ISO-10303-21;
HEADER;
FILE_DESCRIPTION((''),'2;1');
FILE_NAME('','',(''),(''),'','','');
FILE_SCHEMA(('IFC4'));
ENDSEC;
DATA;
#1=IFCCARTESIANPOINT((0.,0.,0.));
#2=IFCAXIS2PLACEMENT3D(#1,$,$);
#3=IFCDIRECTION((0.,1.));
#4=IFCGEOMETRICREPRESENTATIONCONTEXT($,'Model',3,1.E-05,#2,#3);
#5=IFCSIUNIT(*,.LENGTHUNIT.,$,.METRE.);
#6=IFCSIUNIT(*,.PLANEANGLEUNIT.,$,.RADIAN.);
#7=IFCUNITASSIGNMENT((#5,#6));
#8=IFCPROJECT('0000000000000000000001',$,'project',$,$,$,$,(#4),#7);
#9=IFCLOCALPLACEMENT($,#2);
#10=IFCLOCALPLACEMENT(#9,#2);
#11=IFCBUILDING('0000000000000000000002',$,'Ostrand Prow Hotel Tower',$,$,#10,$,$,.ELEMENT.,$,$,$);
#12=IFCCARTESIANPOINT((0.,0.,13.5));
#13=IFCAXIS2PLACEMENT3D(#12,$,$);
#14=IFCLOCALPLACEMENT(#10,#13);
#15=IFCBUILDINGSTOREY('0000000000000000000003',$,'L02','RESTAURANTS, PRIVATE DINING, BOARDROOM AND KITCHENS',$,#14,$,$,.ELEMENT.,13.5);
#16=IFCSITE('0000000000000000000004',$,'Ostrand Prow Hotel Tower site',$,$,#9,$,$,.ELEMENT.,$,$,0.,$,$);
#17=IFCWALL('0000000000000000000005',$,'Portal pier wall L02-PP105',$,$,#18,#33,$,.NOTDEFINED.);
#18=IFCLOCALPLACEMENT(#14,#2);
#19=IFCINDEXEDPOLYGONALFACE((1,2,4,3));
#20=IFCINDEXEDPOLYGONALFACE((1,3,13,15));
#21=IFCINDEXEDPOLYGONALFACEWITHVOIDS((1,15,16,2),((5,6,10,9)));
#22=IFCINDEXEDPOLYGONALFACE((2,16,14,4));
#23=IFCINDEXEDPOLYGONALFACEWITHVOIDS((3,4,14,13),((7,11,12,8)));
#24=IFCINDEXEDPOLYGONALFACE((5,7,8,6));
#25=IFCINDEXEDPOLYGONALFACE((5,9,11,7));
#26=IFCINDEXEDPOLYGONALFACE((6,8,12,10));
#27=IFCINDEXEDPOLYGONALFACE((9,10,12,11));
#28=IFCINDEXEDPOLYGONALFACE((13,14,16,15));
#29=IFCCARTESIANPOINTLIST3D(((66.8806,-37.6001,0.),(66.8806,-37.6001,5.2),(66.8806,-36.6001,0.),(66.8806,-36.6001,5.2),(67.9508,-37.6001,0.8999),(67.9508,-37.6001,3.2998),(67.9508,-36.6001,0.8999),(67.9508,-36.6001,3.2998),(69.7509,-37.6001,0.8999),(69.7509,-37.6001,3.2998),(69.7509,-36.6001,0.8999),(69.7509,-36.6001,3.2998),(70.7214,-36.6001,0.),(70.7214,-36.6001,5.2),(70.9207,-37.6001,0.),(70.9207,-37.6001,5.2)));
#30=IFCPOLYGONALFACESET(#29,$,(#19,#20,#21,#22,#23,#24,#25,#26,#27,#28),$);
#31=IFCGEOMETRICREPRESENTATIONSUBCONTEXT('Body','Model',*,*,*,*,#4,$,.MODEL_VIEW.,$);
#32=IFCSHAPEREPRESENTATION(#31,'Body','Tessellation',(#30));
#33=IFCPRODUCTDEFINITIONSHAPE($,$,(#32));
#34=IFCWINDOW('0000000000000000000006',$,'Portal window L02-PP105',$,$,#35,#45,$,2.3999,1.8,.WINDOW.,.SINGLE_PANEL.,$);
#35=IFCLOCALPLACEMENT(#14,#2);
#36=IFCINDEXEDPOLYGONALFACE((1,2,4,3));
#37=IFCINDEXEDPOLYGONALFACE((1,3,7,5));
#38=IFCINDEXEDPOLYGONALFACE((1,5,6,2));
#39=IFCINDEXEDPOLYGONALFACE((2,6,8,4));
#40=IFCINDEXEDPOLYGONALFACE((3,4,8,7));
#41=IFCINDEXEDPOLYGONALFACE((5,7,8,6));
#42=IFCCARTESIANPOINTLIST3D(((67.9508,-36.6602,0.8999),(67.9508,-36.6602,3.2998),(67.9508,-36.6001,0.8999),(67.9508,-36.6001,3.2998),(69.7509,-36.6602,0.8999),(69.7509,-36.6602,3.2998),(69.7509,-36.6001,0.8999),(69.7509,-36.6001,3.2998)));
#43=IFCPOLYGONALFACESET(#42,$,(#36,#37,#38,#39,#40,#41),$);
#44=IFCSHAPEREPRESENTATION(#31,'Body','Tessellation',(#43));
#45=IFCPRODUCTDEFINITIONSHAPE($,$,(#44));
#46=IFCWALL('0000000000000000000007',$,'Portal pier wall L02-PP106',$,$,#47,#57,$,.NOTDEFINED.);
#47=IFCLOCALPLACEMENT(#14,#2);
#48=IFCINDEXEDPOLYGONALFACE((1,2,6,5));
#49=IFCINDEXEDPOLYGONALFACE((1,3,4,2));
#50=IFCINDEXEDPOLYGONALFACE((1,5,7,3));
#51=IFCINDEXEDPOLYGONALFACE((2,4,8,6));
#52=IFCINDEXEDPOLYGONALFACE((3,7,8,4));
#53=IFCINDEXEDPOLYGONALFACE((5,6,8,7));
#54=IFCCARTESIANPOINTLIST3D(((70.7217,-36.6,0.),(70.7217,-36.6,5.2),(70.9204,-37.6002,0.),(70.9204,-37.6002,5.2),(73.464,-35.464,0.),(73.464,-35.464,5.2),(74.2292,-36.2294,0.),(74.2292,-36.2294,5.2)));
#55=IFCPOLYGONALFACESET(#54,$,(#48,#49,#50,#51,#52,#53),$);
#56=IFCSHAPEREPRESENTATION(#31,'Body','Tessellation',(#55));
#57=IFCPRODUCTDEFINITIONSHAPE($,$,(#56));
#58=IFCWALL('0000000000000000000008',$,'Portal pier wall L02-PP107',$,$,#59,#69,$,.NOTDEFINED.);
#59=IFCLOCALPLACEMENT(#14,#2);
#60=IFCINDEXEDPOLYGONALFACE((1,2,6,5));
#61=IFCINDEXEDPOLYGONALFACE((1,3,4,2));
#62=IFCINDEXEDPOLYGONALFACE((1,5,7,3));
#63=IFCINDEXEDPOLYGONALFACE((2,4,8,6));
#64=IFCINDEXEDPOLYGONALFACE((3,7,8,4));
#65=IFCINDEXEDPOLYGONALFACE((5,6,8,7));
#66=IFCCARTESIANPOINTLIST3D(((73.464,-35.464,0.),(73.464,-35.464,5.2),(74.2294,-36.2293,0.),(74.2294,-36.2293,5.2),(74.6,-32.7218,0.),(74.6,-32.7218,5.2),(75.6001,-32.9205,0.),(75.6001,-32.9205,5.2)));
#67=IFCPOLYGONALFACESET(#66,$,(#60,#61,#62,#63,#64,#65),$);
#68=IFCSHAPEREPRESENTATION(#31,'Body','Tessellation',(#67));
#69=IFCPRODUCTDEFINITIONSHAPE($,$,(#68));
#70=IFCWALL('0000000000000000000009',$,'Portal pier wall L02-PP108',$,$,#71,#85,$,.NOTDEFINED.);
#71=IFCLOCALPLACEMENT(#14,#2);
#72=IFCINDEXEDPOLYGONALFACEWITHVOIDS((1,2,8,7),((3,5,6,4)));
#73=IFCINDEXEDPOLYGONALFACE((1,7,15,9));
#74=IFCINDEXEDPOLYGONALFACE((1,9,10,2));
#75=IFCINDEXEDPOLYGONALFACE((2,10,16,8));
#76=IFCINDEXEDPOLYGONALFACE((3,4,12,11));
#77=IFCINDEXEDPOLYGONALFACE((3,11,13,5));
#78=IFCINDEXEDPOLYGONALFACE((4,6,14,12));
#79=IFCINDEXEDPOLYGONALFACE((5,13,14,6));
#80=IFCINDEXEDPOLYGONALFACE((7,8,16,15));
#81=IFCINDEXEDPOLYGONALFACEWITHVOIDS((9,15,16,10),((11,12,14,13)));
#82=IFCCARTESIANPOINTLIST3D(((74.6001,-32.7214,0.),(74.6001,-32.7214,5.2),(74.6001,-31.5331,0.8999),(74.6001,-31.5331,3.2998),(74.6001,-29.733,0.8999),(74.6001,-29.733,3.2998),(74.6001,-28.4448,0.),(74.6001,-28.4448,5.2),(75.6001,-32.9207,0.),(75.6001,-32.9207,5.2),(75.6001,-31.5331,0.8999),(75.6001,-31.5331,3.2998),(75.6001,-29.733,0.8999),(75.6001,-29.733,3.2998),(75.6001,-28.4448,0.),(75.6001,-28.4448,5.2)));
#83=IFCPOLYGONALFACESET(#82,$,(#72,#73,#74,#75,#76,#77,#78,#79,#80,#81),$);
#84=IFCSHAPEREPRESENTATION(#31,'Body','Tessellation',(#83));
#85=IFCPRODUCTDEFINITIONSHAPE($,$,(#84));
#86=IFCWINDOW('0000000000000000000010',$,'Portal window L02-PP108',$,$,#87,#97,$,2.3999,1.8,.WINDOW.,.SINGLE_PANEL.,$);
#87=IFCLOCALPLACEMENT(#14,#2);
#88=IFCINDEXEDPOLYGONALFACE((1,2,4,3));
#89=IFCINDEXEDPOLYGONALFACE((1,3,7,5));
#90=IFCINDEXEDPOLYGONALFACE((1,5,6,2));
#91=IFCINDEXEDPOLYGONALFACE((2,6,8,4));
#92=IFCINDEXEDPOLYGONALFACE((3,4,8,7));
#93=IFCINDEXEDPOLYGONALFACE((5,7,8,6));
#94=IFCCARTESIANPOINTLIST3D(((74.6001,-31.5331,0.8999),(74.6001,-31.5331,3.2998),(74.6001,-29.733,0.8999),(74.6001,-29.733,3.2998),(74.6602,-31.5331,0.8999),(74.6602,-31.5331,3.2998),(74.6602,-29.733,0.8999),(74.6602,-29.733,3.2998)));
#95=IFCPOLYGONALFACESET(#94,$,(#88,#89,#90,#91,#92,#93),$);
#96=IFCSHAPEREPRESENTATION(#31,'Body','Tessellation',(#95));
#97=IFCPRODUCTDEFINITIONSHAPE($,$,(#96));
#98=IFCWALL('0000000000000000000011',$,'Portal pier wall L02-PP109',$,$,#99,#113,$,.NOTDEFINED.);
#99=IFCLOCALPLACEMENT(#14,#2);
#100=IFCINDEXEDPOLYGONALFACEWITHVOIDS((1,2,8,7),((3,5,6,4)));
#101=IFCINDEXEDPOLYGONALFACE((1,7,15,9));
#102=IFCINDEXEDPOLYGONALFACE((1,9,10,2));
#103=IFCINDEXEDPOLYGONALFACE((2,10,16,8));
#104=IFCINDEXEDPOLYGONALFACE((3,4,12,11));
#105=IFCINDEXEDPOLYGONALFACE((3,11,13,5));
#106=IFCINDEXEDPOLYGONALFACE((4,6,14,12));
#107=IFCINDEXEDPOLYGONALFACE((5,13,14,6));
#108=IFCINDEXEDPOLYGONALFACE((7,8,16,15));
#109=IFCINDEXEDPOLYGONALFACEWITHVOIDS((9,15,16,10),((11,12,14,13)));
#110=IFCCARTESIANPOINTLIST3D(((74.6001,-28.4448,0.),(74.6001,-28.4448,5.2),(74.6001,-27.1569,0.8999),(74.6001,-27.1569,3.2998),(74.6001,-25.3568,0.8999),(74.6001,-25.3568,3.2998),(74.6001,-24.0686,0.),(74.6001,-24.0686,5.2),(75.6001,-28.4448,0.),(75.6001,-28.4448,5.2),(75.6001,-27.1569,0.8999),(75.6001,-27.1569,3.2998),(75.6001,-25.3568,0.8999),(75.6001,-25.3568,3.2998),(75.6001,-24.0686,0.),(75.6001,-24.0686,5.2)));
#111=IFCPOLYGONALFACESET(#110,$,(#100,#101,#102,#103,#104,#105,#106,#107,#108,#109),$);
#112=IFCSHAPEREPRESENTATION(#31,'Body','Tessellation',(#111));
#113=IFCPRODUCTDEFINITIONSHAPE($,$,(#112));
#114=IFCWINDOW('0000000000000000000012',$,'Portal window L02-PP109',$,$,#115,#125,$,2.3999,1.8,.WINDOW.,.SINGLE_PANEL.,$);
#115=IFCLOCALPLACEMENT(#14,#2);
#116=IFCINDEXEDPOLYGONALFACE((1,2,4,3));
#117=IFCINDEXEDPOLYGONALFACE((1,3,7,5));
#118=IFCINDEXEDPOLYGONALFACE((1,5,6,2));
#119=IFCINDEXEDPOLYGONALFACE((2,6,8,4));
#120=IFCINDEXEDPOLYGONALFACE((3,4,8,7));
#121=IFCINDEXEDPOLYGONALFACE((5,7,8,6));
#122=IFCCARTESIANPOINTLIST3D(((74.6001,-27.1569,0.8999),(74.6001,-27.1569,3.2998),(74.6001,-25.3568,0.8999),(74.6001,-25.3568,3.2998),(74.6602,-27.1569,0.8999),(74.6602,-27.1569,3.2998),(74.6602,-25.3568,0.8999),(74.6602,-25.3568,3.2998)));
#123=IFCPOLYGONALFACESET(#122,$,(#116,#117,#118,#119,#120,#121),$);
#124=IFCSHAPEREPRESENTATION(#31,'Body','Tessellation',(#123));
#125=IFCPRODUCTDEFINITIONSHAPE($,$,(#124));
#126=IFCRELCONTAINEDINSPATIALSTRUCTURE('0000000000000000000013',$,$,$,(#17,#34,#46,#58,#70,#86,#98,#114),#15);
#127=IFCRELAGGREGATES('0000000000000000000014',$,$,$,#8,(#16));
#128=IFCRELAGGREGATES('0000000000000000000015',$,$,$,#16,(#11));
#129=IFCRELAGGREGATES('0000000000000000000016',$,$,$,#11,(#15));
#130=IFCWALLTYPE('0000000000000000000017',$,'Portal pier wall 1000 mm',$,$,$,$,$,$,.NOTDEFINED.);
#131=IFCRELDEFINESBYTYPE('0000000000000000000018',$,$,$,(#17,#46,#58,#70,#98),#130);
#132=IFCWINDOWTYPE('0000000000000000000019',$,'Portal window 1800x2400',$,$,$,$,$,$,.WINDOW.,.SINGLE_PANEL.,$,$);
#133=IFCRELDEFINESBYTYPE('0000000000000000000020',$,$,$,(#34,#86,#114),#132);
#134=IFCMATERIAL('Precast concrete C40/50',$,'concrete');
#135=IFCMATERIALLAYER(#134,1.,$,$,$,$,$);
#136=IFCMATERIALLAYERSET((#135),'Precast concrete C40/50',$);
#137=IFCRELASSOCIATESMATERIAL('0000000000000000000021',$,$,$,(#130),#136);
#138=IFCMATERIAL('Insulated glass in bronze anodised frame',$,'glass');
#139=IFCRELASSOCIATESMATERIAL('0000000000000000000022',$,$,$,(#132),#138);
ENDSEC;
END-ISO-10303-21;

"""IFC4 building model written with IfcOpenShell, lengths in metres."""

from ifc_helpers import new_model, si_unit, direction, frame, frame_2d, origin, place, context, subcontext, project, spatial, polyline, rectangle, outline, extrude, material, layer, layer_set, type_object, element, fill, save


model = new_model("IFC4")

# Units and contexts
model_context = context("Model", 3, precision=1e-05, world=origin(), true_north=direction((0.0, 1.0)))
body_context = subcontext(model_context, "Body", "Model", "MODEL_VIEW")
ifc_project = project(units=[si_unit("LENGTHUNIT", "METRE"), si_unit("PLANEANGLEUNIT", "RADIAN")], contexts=[model_context])

# Site, building, storey
site_placement = place(None, origin())
site = spatial("IfcSite", under=ifc_project, at=site_placement, Name="Ostrand Prow Hotel Tower site", CompositionType="ELEMENT", RefElevation=0.0)
building_placement = place(site_placement, origin())
building = spatial("IfcBuilding", under=site, at=building_placement, Name="Ostrand Prow Hotel Tower", CompositionType="ELEMENT")
storey_placement = place(building_placement, frame((0.0, 0.0, 13.5)))
storey = spatial("IfcBuildingStorey", under=building, at=storey_placement, Name="L02", Description="RESTAURANTS, PRIVATE DINING, BOARDROOM AND KITCHENS", CompositionType="ELEMENT", Elevation=13.5)

# Wall, opening, window
ifc_material_1 = material(Name="Precast concrete C40/50", Category="concrete")
ifc_layer_1 = layer(ifc_material_1, 1.0)
ifc_layer_set_1 = layer_set([ifc_layer_1], Name="Precast concrete C40/50")
wall_type_1 = type_object("IfcWallType", Name="Portal pier wall 1000 mm", PredefinedType="NOTDEFINED", material=ifc_layer_set_1)
ifc_material_2 = material(Name="Insulated glass in bronze anodised frame", Category="glass")
window_type = type_object("IfcWindowType", Name="Portal window 1800x2400", PartitioningType="SINGLE_PANEL", PredefinedType="WINDOW", material=ifc_material_2)
wall_1_placement = place(storey_placement, frame((66.8806, -37.1001, 0.0), z_axis=(0.0, 0.0, 1.0), x_axis=(1.0, 0.0, 0.0)))
wall_1 = element("IfcWall", 1, at=wall_1_placement, inside=storey, type_object=wall_type_1, Name="Portal pier wall L02-PP105", PredefinedType="NOTDEFINED", context=body_context, shape_type="SweptSolid", body=[
    extrude(outline(polyline([(0.0, -0.5), (4.04, -0.5), (3.8408, 0.5), (0.0, 0.5), (0.0, -0.5)])), origin(), (0.0, 0.0, 1.0), 5.2),
])
opening_1_placement = place(wall_1_placement, frame((1.0703, 0.0, 0.8999)))
opening_1 = element("IfcOpeningElement", 2, at=opening_1_placement, cuts=wall_1, PredefinedType="OPENING", context=body_context, shape_type="SweptSolid", body=[
    extrude(rectangle(XDim=1.8, YDim=2.3999, at=frame_2d((0.8999, 1.2))), frame((0.0, 0.51, 0.0), z_axis=(0.0, -1.0, 0.0), x_axis=(1.0, 0.0, 0.0)), (0.0, 0.0, 1.0), 1.02),
])
window_1_placement = place(opening_1_placement, origin())
window_1 = element("IfcWindow", 3, at=window_1_placement, inside=storey, type_object=window_type, Name="Portal window L02-PP105", OverallHeight=2.3999, OverallWidth=1.8, PartitioningType="SINGLE_PANEL", PredefinedType="WINDOW", context=body_context, shape_type="SweptSolid", body=[
    extrude(rectangle(XDim=1.8, YDim=2.3999, at=frame_2d((0.8999, 1.2))), frame((0.0, 0.5, 0.0), z_axis=(0.0, -1.0, 0.0), x_axis=(1.0, 0.0, 0.0)), (0.0, 0.0, 1.0), 0.0601),
])
fill(opening_1, window_1)

# Walls
wall_2_placement = place(storey_placement, frame((70.821, -37.1001, 0.0), z_axis=(0.0, 0.0, 1.0), x_axis=(0.923862, 0.382725, 0.0)))
element("IfcWall", 4, at=wall_2_placement, inside=storey, type_object=wall_type_1, Name="Portal pier wall L02-PP106", PredefinedType="NOTDEFINED", context=body_context, shape_type="SweptSolid", body=[
    extrude(outline(polyline([(-0.0996, -0.5), (3.4819, -0.5), (3.0679, 0.5), (0.0996, 0.5), (-0.0996, -0.5)])), origin(), (0.0, 0.0, 1.0), 5.2),
])
wall_3_placement = place(storey_placement, frame((73.8467, -35.8467, 0.0), z_axis=(0.0, 0.0, 1.0), x_axis=(0.382725, 0.923862, 0.0)))
element("IfcWall", 5, at=wall_3_placement, inside=storey, type_object=wall_type_1, Name="Portal pier wall L02-PP107", PredefinedType="NOTDEFINED", context=body_context, shape_type="SweptSolid", body=[
    extrude(outline(polyline([(-0.207, -0.5), (3.3745, -0.5), (3.1753, 0.5), (0.207, 0.5), (-0.207, -0.5)])), origin(), (0.0, 0.0, 1.0), 5.2),
])

# Walls, openings, windows
wall_4_placement = place(storey_placement, frame((75.1001, -32.821, 0.0), z_axis=(0.0, 0.0, 1.0), x_axis=(0.0, 1.0, 0.0)))
wall_4 = element("IfcWall", 6, at=wall_4_placement, inside=storey, type_object=wall_type_1, Name="Portal pier wall L02-PP108", PredefinedType="NOTDEFINED", context=body_context, shape_type="SweptSolid", body=[
    extrude(outline(polyline([(-0.0996, -0.5), (4.3762, -0.5), (4.3762, 0.5), (0.0996, 0.5), (-0.0996, -0.5)])), origin(), (0.0, 0.0, 1.0), 5.2),
])
opening_2_placement = place(wall_4_placement, frame((1.2881, 0.0, 0.8999)))
opening_2 = element("IfcOpeningElement", 7, at=opening_2_placement, cuts=wall_4, PredefinedType="OPENING", context=body_context, shape_type="SweptSolid", body=[
    extrude(rectangle(XDim=1.8, YDim=2.3999, at=frame_2d((0.8999, 1.2))), frame((0.0, 0.51, 0.0), z_axis=(0.0, -1.0, 0.0), x_axis=(1.0, 0.0, 0.0)), (0.0, 0.0, 1.0), 1.02),
])
window_2_placement = place(opening_2_placement, origin())
window_2 = element("IfcWindow", 8, at=window_2_placement, inside=storey, type_object=window_type, Name="Portal window L02-PP108", OverallHeight=2.3999, OverallWidth=1.8, PartitioningType="SINGLE_PANEL", PredefinedType="WINDOW", context=body_context, shape_type="SweptSolid", body=[
    extrude(rectangle(XDim=1.8, YDim=2.3999, at=frame_2d((0.8999, 1.2))), frame((0.0, 0.5, 0.0), z_axis=(0.0, -1.0, 0.0), x_axis=(1.0, 0.0, 0.0)), (0.0, 0.0, 1.0), 0.0601),
])
fill(opening_2, window_2)
wall_5_placement = place(storey_placement, frame((75.1001, -28.4448, 0.0), z_axis=(0.0, 0.0, 1.0), x_axis=(0.0, 1.0, 0.0)))
wall_5 = element("IfcWall", 9, at=wall_5_placement, inside=storey, type_object=wall_type_1, Name="Portal pier wall L02-PP109", PredefinedType="NOTDEFINED", context=body_context, shape_type="SweptSolid", body=[
    extrude(outline(polyline([(0.0, -0.5), (4.3762, -0.5), (4.3762, 0.5), (0.0, 0.5), (0.0, -0.5)])), origin(), (0.0, 0.0, 1.0), 5.2),
])
opening_3_placement = place(wall_5_placement, frame((1.2881, 0.0, 0.8999)))
opening_3 = element("IfcOpeningElement", 10, at=opening_3_placement, cuts=wall_5, PredefinedType="OPENING", context=body_context, shape_type="SweptSolid", body=[
    extrude(rectangle(XDim=1.8, YDim=2.3999, at=frame_2d((0.8999, 1.2))), frame((0.0, 0.51, 0.0), z_axis=(0.0, -1.0, 0.0), x_axis=(1.0, 0.0, 0.0)), (0.0, 0.0, 1.0), 1.02),
])
window_3_placement = place(opening_3_placement, origin())
window_3 = element("IfcWindow", 11, at=window_3_placement, inside=storey, type_object=window_type, Name="Portal window L02-PP109", OverallHeight=2.3999, OverallWidth=1.8, PartitioningType="SINGLE_PANEL", PredefinedType="WINDOW", context=body_context, shape_type="SweptSolid", body=[
    extrude(rectangle(XDim=1.8, YDim=2.3999, at=frame_2d((0.8999, 1.2))), frame((0.0, 0.5, 0.0), z_axis=(0.0, -1.0, 0.0), x_axis=(1.0, 0.0, 0.0)), (0.0, 0.0, 1.0), 0.0601),
])
fill(opening_3, window_3)

save(model, "model.ifc")
